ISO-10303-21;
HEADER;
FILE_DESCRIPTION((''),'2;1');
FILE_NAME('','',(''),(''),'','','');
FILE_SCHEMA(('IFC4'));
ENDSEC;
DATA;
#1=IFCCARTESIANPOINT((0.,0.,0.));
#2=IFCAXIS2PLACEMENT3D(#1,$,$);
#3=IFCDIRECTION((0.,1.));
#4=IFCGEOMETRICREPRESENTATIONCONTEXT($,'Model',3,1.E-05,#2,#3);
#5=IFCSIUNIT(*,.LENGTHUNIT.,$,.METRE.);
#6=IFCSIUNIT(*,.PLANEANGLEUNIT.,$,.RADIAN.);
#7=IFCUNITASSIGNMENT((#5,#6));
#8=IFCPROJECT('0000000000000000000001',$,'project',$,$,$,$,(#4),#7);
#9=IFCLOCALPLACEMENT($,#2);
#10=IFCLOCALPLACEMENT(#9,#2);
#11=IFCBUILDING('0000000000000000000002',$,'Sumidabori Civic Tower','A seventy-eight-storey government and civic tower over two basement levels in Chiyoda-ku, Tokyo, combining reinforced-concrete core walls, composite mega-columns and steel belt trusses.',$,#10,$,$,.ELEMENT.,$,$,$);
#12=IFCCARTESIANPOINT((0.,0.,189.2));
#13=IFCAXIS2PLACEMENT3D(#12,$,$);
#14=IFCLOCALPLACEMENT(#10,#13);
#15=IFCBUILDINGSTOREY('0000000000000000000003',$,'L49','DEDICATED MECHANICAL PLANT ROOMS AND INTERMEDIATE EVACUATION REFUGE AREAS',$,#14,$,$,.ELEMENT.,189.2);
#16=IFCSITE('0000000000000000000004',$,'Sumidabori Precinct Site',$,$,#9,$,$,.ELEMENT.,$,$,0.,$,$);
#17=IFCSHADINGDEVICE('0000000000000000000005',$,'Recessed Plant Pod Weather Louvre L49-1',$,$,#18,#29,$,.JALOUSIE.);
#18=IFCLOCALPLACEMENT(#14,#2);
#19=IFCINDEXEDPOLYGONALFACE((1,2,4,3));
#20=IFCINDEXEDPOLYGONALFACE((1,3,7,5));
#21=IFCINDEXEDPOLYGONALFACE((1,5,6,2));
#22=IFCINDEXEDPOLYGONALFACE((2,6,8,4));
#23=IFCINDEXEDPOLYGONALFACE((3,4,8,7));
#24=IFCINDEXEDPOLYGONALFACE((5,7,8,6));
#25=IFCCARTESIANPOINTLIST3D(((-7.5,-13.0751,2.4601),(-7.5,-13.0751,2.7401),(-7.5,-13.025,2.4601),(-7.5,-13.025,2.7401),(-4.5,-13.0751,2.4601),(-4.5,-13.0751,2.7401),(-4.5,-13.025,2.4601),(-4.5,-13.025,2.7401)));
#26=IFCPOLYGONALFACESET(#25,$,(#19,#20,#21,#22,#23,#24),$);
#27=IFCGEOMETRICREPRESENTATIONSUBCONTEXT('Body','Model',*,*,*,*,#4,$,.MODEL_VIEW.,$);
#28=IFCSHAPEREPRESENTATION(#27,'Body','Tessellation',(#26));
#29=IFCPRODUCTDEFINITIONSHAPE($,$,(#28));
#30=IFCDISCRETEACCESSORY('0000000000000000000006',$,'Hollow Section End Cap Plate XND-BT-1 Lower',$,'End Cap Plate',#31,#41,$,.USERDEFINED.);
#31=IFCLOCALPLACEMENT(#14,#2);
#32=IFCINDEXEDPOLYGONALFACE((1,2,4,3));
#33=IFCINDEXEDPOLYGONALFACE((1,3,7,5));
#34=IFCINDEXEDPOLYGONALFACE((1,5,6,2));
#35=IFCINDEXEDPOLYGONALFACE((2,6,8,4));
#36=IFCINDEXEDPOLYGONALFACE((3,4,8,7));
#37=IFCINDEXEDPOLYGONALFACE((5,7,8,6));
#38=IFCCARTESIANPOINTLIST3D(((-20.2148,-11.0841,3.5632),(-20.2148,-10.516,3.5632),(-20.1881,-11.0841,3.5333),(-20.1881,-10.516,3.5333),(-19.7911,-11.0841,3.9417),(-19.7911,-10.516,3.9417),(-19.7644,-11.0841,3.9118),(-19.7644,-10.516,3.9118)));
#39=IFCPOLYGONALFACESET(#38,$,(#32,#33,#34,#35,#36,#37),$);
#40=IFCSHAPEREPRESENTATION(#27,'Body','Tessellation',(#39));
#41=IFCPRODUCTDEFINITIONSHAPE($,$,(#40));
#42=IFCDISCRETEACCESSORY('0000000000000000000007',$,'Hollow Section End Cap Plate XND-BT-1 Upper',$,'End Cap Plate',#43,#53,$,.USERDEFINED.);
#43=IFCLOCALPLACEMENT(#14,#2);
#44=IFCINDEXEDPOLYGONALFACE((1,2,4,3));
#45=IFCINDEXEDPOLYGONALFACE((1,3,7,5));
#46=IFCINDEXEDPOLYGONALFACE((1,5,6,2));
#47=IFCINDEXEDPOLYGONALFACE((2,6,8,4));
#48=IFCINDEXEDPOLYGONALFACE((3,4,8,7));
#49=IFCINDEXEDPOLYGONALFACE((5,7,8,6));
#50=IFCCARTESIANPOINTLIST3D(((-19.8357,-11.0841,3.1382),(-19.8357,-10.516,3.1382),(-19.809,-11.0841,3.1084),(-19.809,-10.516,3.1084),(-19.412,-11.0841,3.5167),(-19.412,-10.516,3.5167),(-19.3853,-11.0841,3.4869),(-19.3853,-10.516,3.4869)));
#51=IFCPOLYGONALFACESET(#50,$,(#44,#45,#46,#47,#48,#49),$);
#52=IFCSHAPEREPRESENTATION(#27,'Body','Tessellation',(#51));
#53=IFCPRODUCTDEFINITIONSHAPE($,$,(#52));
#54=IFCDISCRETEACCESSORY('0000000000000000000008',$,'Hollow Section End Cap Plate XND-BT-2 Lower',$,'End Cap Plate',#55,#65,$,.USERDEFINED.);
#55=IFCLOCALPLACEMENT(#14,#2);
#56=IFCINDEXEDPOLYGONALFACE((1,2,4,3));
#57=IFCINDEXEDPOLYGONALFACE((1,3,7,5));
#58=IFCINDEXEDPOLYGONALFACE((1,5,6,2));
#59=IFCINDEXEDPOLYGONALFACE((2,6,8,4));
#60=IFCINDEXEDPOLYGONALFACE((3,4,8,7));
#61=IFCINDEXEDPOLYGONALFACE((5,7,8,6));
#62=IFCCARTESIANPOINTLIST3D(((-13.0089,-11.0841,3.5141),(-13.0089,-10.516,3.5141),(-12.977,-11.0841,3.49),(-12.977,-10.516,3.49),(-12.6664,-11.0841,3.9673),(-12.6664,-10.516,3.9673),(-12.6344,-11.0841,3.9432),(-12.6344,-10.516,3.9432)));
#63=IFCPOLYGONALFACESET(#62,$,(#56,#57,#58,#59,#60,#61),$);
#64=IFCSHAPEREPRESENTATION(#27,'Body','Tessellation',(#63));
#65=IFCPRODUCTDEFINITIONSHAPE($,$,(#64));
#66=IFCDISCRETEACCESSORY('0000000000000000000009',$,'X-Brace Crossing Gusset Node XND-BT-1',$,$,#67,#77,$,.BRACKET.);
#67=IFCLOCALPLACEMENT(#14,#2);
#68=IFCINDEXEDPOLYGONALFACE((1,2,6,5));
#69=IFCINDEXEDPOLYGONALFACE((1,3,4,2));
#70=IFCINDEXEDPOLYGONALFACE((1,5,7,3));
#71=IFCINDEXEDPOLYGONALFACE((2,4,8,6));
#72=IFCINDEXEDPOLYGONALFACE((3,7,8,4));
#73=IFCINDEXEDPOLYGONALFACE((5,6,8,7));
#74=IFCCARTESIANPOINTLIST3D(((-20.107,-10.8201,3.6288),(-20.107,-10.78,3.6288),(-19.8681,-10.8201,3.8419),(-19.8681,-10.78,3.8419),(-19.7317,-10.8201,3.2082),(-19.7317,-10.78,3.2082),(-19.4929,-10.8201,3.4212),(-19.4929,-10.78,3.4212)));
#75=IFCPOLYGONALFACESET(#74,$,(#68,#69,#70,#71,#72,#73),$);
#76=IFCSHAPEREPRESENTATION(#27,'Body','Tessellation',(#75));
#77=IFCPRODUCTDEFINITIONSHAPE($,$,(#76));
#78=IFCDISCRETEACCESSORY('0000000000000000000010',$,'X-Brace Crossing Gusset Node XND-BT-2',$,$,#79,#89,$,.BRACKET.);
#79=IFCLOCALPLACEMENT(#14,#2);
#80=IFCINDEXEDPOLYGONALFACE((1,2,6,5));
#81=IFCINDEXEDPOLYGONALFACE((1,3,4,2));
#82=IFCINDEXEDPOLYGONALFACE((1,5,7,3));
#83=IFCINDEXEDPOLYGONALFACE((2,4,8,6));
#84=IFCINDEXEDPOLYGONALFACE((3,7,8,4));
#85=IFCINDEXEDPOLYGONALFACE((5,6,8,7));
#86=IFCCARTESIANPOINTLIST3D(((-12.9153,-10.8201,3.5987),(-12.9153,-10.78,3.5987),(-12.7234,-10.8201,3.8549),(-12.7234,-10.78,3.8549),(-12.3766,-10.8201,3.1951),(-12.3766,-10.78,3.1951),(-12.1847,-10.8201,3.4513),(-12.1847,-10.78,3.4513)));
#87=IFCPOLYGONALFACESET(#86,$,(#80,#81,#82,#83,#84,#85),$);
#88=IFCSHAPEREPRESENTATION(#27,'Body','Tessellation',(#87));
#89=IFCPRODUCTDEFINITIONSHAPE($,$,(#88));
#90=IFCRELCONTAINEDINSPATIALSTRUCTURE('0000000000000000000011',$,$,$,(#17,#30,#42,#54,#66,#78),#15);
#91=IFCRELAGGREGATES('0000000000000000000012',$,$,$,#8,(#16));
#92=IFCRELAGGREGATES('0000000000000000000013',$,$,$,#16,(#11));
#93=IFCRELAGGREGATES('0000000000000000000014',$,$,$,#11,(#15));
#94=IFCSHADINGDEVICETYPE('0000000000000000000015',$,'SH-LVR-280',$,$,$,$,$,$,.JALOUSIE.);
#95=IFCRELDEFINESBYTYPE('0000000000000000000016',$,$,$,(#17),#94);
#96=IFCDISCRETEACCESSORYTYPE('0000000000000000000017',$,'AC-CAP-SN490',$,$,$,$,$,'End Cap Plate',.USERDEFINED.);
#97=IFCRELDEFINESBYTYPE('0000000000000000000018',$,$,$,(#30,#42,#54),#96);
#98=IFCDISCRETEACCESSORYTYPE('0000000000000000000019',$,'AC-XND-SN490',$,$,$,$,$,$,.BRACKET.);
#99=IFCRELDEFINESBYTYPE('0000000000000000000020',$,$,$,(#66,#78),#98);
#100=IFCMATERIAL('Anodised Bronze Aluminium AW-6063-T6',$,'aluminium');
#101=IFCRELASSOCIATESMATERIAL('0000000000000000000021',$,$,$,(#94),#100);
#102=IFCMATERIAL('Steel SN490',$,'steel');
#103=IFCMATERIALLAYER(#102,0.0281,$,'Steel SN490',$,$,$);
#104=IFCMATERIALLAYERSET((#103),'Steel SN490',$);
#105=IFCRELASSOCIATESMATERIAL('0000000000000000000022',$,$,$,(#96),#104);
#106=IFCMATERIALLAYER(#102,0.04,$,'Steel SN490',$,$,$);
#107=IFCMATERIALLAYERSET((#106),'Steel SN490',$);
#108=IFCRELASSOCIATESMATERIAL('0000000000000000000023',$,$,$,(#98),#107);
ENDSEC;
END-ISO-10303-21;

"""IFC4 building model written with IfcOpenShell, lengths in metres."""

from ifc_helpers import new_model, si_unit, direction, frame, origin, origin_2d, place, context, subcontext, project, spatial, rectangle, extrude, source, transform, mapped, material, layer, layer_set, material_profile, profile_set, type_object, element, save


model = new_model("IFC4")

# Units and contexts
model_context = context("Model", 3, precision=1e-05, world=origin(), true_north=direction((0.0, 1.0)))
body_context = subcontext(model_context, "Body", "Model", "MODEL_VIEW")
ifc_project = project(units=[si_unit("LENGTHUNIT", "METRE"), si_unit("PLANEANGLEUNIT", "RADIAN")], contexts=[model_context])

# Site, building, storey
site_placement = place(None, origin())
site = spatial("IfcSite", under=ifc_project, at=site_placement, Name="Sumidabori Precinct Site", CompositionType="ELEMENT", RefElevation=0.0)
building_placement = place(site_placement, origin())
building = spatial("IfcBuilding", under=site, at=building_placement, Name="Sumidabori Civic Tower", Description="A seventy-eight-storey government and civic tower over two basement levels in Chiyoda-ku, Tokyo, combining reinforced-concrete core walls, composite mega-columns and steel belt trusses.", CompositionType="ELEMENT")
storey_placement = place(building_placement, frame((0.0, 0.0, 189.2)))
storey = spatial("IfcBuildingStorey", under=building, at=storey_placement, Name="L49", Description="DEDICATED MECHANICAL PLANT ROOMS AND INTERMEDIATE EVACUATION REFUGE AREAS", CompositionType="ELEMENT", Elevation=189.2)

# Shared definitions
ifc_material_1 = material(Name="Steel SN490", Category="steel")

# Shared definitions
ifc_material_2 = material(Name="Anodised Bronze Aluminium AW-6063-T6", Category="aluminium")

# Shading device
ifc_material_profile_1 = material_profile(ifc_material_2, rectangle(XDim=0.05, YDim=0.28, at=origin_2d()), Name="BRONZE LOUVRE 280x50")
ifc_profile_set_1 = profile_set([ifc_material_profile_1], Name="Anodised Bronze Aluminium AW-6063-T6")
shading_device_type = type_object("IfcShadingDeviceType", Name="SH-LVR-280", PredefinedType="JALOUSIE", material=ifc_profile_set_1)
shared_shape_1 = source(origin(), body_context, "Body", "SweptSolid", [
    extrude(rectangle(XDim=0.05, YDim=0.28, at=origin_2d()), origin(), (0.0, 0.0, 1.0), 3.0),
])
shading_device_placement = place(storey_placement, frame((-7.5, -13.05, 2.6001), z_axis=(1.0, 0.0, 0.0), x_axis=(0.0, 1.0, 0.0)))
element("IfcShadingDevice", 1, at=shading_device_placement, inside=storey, type_object=shading_device_type, Name="Recessed Plant Pod Weather Louvre L49-1", PredefinedType="JALOUSIE", context=body_context, shape_type="MappedRepresentation", body=[
    mapped(shared_shape_1, transform((0.0, 0.0, 0.0), x_axis=(1.0, 0.0, 0.0), y_axis=(0.0, 1.0, 0.0), z_axis=(0.0, 0.0, 1.0), scale=1.0)),
])

# Discrete accessories
ifc_layer_1 = layer(ifc_material_1, 0.0281, Name="Steel SN490")
ifc_layer_set_1 = layer_set([ifc_layer_1], Name="Steel SN490")
discrete_accessory_type_1 = type_object("IfcDiscreteAccessoryType", Name="AC-CAP-SN490", ElementType="End Cap Plate", PredefinedType="USERDEFINED", material=ifc_layer_set_1)
shared_shape_2 = source(origin(), body_context, "Body", "SweptSolid", [
    extrude(rectangle(XDim=0.5681, YDim=0.5681, at=origin_2d()), origin(), (0.0, 0.0, 1.0), 0.04),
])
for number, where, z_axis, x_axis, name in (
    (2, (-20.0029, -10.8, 3.7524), (0.666259, 0.0, -0.745721), (0.0, 1.0, 0.0), "Hollow Section End Cap Plate XND-BT-1 Lower"),
    (3, (-19.5972, -10.8, 3.2976), (-0.666259, 0.0, 0.745721), (0.0, -1.0, 0.0), "Hollow Section End Cap Plate XND-BT-1 Upper"),
    (4, (-12.8376, -10.8, 3.7407), (0.797802, 0.0, -0.602919), (0.0, 1.0, 0.0), "Hollow Section End Cap Plate XND-BT-2 Lower"),
):
    element("IfcDiscreteAccessory", number, at=place(storey_placement, frame(where, z_axis=z_axis, x_axis=x_axis)), inside=storey, type_object=discrete_accessory_type_1, Name=name, ObjectType="End Cap Plate", PredefinedType="USERDEFINED", context=body_context, shape_type="MappedRepresentation", body=[
        mapped(shared_shape_2, transform((0.0, 0.0, 0.0), x_axis=(1.0, 0.0, 0.0), y_axis=(0.0, 1.0, 0.0), z_axis=(0.0, 0.0, 1.0), scale=1.0)),
    ])
ifc_layer_2 = layer(ifc_material_1, 0.04, Name="Steel SN490")
ifc_layer_set_2 = layer_set([ifc_layer_2], Name="Steel SN490")
discrete_accessory_type_2 = type_object("IfcDiscreteAccessoryType", Name="AC-XND-SN490", PredefinedType="BRACKET", material=ifc_layer_set_2)
shared_shape_3 = source(origin(), body_context, "Body", "SweptSolid", [
    extrude(rectangle(XDim=0.04, YDim=0.3201, at=origin_2d()), origin(), (0.0, 0.0, 1.0), 0.5637),
])
discrete_accessory_1_placement = place(storey_placement, frame((-19.9875, -10.8, 3.7354), z_axis=(0.66568, 0.0, -0.746237), x_axis=(0.0, 1.0, 0.0)))
element("IfcDiscreteAccessory", 5, at=discrete_accessory_1_placement, inside=storey, type_object=discrete_accessory_type_2, Name="X-Brace Crossing Gusset Node XND-BT-1", PredefinedType="BRACKET", context=body_context, shape_type="MappedRepresentation", body=[
    mapped(shared_shape_3, transform((0.0, 0.0, 0.0), x_axis=(1.0, 0.0, 0.0), y_axis=(0.0, 1.0, 0.0), z_axis=(0.0, 0.0, 1.0), scale=1.0)),
])
shared_shape_4 = source(origin(), body_context, "Body", "SweptSolid", [
    extrude(rectangle(XDim=0.04, YDim=0.3201, at=origin_2d()), origin(), (0.0, 0.0, 1.0), 0.6731),
])
discrete_accessory_2_placement = place(storey_placement, frame((-12.8193, -10.8, 3.7268), z_axis=(0.800261, 0.0, -0.599652), x_axis=(0.0, 1.0, 0.0)))
element("IfcDiscreteAccessory", 6, at=discrete_accessory_2_placement, inside=storey, type_object=discrete_accessory_type_2, Name="X-Brace Crossing Gusset Node XND-BT-2", PredefinedType="BRACKET", context=body_context, shape_type="MappedRepresentation", body=[
    mapped(shared_shape_4, transform((0.0, 0.0, 0.0), x_axis=(1.0, 0.0, 0.0), y_axis=(0.0, 1.0, 0.0), z_axis=(0.0, 0.0, 1.0), scale=1.0)),
])

save(model, "model.ifc")
